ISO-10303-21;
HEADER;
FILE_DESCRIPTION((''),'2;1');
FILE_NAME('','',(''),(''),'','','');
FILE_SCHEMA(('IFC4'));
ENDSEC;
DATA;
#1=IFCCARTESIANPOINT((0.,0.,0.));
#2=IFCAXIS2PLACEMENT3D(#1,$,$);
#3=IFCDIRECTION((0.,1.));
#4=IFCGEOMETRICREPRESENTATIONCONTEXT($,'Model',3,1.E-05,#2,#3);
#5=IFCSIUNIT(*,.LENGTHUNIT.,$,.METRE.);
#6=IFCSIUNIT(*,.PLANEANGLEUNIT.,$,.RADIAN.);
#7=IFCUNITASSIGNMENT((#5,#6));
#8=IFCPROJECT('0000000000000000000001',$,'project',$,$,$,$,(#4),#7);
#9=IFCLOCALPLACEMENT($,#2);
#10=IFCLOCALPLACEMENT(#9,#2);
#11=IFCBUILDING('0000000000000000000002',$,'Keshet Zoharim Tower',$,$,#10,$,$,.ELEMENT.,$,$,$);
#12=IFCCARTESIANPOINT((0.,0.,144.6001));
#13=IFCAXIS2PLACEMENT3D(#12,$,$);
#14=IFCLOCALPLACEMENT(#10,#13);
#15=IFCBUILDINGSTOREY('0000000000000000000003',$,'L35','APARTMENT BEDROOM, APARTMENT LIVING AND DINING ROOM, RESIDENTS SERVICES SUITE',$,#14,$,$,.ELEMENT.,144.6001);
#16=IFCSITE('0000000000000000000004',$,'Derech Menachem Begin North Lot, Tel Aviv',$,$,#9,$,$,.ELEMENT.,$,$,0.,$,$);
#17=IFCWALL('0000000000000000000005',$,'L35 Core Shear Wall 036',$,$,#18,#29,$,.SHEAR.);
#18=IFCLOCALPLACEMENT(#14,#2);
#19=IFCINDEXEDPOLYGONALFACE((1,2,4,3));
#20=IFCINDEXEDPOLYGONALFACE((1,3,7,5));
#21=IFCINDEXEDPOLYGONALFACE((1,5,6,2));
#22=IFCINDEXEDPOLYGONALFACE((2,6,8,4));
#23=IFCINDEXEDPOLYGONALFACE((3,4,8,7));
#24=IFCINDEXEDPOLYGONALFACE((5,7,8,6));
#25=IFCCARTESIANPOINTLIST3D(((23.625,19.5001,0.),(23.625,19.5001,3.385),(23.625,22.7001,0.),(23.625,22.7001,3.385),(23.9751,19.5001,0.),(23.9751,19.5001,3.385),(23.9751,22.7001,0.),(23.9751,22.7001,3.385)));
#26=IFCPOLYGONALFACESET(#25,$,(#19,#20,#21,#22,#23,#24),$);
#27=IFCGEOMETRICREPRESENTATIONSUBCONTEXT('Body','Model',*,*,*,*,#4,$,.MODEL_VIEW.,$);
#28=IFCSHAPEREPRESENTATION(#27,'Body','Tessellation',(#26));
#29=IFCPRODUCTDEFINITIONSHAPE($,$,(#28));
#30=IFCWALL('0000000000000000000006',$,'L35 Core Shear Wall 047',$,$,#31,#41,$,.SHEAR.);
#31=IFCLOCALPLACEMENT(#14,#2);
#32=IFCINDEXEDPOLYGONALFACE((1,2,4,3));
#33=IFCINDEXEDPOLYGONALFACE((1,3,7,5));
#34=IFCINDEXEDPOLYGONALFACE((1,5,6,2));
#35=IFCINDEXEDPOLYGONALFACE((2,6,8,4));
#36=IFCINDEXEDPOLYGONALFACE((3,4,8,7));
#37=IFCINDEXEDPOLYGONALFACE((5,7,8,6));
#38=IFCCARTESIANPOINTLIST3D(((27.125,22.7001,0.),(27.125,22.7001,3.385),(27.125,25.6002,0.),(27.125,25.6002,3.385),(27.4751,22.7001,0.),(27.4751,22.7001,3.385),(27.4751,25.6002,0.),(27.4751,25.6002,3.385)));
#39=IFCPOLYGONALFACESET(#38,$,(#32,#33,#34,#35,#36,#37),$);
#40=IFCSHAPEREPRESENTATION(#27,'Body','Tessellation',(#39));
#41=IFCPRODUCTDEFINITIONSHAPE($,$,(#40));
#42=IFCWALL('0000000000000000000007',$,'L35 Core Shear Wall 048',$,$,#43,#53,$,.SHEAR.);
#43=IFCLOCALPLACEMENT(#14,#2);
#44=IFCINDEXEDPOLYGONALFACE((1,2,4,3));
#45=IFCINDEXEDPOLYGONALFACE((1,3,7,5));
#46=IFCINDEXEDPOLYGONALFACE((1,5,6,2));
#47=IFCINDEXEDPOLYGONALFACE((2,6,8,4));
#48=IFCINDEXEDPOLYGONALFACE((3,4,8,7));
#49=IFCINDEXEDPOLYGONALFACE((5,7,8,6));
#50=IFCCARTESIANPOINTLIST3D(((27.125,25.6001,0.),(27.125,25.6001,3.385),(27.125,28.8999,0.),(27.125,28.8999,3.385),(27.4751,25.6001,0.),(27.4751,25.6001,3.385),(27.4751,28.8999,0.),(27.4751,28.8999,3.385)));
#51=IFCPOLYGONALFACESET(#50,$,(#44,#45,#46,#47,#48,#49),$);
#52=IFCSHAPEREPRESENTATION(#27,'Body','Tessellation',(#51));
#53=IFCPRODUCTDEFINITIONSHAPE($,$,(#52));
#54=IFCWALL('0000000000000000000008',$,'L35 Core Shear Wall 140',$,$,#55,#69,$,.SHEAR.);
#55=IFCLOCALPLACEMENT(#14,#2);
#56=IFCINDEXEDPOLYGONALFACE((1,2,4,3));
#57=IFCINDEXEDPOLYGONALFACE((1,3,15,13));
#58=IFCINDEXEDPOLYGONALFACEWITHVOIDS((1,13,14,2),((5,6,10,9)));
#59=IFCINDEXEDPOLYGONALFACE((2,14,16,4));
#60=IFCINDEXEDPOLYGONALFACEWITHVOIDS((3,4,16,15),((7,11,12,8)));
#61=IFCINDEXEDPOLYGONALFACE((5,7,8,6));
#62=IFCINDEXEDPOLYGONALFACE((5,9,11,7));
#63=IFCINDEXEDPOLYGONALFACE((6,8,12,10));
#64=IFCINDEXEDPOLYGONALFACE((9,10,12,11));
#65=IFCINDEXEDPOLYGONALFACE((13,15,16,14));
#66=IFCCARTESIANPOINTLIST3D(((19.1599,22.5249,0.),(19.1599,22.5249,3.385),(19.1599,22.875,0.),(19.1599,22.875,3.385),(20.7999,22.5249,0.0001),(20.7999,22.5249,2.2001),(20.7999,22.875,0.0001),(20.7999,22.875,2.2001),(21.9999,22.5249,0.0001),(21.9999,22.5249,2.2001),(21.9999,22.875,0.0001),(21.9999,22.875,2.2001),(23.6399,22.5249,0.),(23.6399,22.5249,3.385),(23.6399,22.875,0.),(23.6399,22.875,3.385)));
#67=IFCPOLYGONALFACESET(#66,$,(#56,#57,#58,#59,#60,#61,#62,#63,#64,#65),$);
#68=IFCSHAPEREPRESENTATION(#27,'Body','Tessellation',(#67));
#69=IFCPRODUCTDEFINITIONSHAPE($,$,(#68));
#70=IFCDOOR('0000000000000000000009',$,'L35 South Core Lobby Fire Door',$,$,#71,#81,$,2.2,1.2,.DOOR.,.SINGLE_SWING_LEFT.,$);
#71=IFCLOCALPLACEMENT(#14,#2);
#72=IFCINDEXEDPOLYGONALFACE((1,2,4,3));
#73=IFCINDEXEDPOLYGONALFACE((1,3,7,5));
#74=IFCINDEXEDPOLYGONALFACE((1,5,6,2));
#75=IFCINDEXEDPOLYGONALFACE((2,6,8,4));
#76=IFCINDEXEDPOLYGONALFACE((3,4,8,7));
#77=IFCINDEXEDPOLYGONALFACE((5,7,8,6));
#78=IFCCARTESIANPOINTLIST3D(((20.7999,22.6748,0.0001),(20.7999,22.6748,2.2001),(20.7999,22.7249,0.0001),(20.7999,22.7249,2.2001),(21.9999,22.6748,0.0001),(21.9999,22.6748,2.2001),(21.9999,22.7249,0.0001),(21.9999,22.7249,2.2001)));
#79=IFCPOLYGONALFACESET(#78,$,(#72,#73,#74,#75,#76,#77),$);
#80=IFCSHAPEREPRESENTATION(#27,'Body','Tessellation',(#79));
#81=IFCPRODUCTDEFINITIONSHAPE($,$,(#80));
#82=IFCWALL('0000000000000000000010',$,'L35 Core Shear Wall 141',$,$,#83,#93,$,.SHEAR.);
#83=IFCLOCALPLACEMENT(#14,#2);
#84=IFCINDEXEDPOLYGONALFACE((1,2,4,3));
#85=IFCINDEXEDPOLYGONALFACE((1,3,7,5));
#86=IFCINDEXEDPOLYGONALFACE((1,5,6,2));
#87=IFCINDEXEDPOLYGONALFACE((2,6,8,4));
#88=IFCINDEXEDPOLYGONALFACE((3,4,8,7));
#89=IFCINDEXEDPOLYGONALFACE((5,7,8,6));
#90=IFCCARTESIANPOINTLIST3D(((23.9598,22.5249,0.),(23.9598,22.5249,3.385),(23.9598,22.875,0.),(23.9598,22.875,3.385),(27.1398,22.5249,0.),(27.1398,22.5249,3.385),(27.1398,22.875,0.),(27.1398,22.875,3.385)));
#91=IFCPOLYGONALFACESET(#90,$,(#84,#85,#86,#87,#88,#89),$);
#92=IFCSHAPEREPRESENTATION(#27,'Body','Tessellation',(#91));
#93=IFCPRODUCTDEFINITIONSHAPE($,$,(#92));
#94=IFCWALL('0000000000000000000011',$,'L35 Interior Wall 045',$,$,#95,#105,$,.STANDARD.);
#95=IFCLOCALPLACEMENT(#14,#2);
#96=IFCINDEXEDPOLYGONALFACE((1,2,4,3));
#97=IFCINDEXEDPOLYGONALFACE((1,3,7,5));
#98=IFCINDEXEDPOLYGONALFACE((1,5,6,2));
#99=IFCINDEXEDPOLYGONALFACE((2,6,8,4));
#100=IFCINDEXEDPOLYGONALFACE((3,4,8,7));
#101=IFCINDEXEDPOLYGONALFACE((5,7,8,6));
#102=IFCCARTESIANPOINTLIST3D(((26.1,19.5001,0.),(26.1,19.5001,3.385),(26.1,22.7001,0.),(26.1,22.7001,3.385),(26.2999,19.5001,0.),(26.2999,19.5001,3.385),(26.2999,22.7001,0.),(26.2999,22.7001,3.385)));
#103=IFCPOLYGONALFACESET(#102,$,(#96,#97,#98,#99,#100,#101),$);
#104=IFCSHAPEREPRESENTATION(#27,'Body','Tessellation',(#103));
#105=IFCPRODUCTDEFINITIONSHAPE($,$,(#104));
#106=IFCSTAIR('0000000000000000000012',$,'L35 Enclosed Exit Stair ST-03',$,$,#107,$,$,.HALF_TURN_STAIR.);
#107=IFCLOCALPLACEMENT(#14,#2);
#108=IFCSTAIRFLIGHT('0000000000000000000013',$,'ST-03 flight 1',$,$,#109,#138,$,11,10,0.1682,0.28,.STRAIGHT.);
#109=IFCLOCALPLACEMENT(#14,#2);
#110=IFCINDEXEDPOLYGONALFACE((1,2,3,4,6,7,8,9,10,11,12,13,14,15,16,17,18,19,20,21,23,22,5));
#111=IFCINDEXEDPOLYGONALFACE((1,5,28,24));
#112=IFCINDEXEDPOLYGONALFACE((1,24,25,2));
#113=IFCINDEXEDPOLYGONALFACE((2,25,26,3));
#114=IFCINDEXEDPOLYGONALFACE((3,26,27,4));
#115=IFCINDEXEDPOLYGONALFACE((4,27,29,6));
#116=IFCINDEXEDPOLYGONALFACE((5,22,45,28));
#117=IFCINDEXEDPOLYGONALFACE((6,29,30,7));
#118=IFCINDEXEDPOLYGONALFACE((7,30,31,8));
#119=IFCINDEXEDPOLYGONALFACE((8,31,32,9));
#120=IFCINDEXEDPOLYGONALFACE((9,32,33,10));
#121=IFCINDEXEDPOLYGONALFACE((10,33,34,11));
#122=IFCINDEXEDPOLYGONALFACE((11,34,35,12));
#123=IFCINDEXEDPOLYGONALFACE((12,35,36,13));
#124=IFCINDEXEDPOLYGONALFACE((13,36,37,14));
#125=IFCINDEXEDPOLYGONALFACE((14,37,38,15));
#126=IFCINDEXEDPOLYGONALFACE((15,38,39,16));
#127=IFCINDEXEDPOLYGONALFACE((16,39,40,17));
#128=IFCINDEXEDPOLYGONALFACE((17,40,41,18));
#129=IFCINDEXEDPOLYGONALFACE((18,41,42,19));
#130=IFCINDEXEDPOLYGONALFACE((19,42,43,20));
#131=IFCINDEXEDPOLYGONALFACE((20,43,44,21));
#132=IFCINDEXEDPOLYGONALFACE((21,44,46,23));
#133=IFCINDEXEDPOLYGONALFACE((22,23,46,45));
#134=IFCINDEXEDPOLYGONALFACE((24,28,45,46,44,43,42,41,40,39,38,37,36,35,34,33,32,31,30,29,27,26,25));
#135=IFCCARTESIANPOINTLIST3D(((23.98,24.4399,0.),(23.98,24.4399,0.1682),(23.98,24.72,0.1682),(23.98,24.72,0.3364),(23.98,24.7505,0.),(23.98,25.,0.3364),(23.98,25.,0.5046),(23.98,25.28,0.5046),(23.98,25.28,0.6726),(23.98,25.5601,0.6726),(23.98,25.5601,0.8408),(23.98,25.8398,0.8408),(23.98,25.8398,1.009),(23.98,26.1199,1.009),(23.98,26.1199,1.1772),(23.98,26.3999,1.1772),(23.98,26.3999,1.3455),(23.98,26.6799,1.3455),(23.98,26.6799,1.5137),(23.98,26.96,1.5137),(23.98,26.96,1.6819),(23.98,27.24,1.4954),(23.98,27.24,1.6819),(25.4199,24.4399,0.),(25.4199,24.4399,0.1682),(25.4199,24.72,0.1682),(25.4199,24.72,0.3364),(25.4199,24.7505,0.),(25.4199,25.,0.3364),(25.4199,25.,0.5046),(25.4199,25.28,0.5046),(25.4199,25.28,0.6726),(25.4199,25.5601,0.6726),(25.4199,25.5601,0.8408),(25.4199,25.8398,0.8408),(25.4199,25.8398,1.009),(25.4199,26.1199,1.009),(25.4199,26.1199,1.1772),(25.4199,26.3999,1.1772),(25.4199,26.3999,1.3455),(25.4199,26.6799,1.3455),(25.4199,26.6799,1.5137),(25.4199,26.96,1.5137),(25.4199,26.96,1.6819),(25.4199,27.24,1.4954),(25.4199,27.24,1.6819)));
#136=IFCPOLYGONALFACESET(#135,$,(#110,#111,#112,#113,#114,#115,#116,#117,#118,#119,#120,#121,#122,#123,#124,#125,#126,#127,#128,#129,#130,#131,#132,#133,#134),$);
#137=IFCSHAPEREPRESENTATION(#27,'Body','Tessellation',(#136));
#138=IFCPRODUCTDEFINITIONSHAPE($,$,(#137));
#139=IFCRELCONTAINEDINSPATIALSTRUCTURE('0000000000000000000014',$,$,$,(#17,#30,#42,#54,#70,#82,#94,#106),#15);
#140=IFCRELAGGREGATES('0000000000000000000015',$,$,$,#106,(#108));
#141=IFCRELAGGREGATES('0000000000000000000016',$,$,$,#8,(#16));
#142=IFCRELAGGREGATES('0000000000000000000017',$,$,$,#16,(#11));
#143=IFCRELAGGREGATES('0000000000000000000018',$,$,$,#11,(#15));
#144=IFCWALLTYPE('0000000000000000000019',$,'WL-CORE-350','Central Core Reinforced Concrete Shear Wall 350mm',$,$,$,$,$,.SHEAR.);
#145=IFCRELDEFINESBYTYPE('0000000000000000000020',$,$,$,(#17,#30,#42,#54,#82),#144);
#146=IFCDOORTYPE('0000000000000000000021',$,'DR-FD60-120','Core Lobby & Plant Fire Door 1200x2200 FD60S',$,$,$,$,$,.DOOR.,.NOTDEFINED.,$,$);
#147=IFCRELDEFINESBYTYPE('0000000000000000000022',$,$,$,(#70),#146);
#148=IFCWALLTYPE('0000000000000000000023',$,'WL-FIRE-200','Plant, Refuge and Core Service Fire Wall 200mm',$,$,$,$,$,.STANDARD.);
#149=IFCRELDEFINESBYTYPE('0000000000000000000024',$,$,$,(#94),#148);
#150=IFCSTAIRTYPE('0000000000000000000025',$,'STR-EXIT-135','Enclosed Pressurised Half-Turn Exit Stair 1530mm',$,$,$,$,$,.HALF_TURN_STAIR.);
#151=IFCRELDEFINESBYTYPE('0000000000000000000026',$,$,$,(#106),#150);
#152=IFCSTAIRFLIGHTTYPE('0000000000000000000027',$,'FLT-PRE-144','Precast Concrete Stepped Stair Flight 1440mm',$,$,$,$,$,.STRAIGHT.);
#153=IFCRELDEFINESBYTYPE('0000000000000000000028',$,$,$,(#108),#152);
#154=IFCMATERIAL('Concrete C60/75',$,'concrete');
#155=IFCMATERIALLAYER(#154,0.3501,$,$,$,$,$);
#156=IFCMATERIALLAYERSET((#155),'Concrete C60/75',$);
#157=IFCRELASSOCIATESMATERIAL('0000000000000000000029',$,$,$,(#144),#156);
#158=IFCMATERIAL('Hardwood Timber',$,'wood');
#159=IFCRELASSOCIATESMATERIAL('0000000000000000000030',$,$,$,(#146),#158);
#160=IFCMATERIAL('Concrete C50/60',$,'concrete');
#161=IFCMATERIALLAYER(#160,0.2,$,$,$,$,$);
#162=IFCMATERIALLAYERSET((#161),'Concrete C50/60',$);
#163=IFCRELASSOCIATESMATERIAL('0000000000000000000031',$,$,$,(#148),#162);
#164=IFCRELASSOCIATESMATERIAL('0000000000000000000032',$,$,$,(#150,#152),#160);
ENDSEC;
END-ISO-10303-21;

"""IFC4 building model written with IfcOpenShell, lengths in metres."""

from ifc_helpers import new_model, si_unit, direction, frame, frame_2d, origin, place, context, subcontext, project, spatial, polyline, rectangle, outline, extrude, material, layer, layer_set, type_object, element, fill, aggregate, save


model = new_model("IFC4")

# Units and contexts
model_context = context("Model", 3, precision=1e-05, world=origin(), true_north=direction((0.0, 1.0)))
body_context = subcontext(model_context, "Body", "Model", "MODEL_VIEW")
ifc_project = project(units=[si_unit("LENGTHUNIT", "METRE"), si_unit("PLANEANGLEUNIT", "RADIAN")], contexts=[model_context])

# Site, building, storey
site_placement = place(None, origin())
site = spatial("IfcSite", under=ifc_project, at=site_placement, Name="Derech Menachem Begin North Lot, Tel Aviv", CompositionType="ELEMENT", RefElevation=0.0)
building_placement = place(site_placement, origin())
building = spatial("IfcBuilding", under=site, at=building_placement, Name="Keshet Zoharim Tower", CompositionType="ELEMENT")
storey_placement = place(building_placement, frame((0.0, 0.0, 144.6001)))
storey = spatial("IfcBuildingStorey", under=building, at=storey_placement, Name="L35", Description="APARTMENT BEDROOM, APARTMENT LIVING AND DINING ROOM, RESIDENTS SERVICES SUITE", CompositionType="ELEMENT", Elevation=144.6001)

# Shared definitions
ifc_material_1 = material(Name="Concrete C60/75", Category="concrete")
ifc_layer_1 = layer(ifc_material_1, 0.3501)
ifc_layer_set_1 = layer_set([ifc_layer_1], Name="Concrete C60/75")
wall_type_1 = type_object("IfcWallType", Name="WL-CORE-350", Description="Central Core Reinforced Concrete Shear Wall 350mm", PredefinedType="SHEAR", material=ifc_layer_set_1)
ifc_material_2 = material(Name="Hardwood Timber", Category="wood")

# Wall
wall_1_placement = place(storey_placement, frame((23.8, 19.5, 0.0), z_axis=(0.0, 0.0, 1.0), x_axis=(0.0, 1.0, 0.0)))
element("IfcWall", 1, at=wall_1_placement, inside=storey, type_object=wall_type_1, Name="L35 Core Shear Wall 036", PredefinedType="SHEAR", context=body_context, shape_type="SweptSolid", body=[
    extrude(rectangle(XDim=3.2, YDim=0.3501, at=frame_2d((1.6001, 0.0))), origin(), (0.0, 0.0, 1.0), 3.385),
])

# Walls
wall_2_placement = place(storey_placement, frame((27.3, 22.7, 0.0), z_axis=(0.0, 0.0, 1.0), x_axis=(0.0, 1.0, 0.0)))
element("IfcWall", 2, at=wall_2_placement, inside=storey, type_object=wall_type_1, Name="L35 Core Shear Wall 047", PredefinedType="SHEAR", context=body_context, shape_type="SweptSolid", body=[
    extrude(rectangle(XDim=2.9001, YDim=0.3501, at=frame_2d((1.4502, 0.0))), origin(), (0.0, 0.0, 1.0), 3.385),
])
wall_3_placement = place(storey_placement, frame((27.3, 25.6001, 0.0), z_axis=(0.0, 0.0, 1.0), x_axis=(0.0, 1.0, 0.0)))
element("IfcWall", 3, at=wall_3_placement, inside=storey, type_object=wall_type_1, Name="L35 Core Shear Wall 048", PredefinedType="SHEAR", context=body_context, shape_type="SweptSolid", body=[
    extrude(rectangle(XDim=3.2998, YDim=0.3501, at=frame_2d((1.6499, 0.0))), origin(), (0.0, 0.0, 1.0), 3.385),
])

# Wall, opening, door
wall_4_placement = place(storey_placement, frame((19.1599, 22.7, 0.0), z_axis=(0.0, 0.0, 1.0), x_axis=(1.0, 0.0, 0.0)))
wall_4 = element("IfcWall", 4, at=wall_4_placement, inside=storey, type_object=wall_type_1, Name="L35 Core Shear Wall 140", PredefinedType="SHEAR", context=body_context, shape_type="SweptSolid", body=[
    extrude(rectangle(XDim=4.48, YDim=0.3501, at=frame_2d((2.24, 0.0))), origin(), (0.0, 0.0, 1.0), 3.385),
])
opening_1_placement = place(wall_4_placement, frame((1.6399, 0.0, 0.0)))
opening_1 = element("IfcOpeningElement", 5, at=opening_1_placement, cuts=wall_4, PredefinedType="OPENING", context=body_context, shape_type="SweptSolid", body=[
    extrude(rectangle(XDim=1.2, YDim=2.2, at=frame_2d((0.6001, 1.1001))), frame((0.0, 0.1851, 0.0), z_axis=(0.0, -1.0, 0.0), x_axis=(1.0, 0.0, 0.0)), (0.0, 0.0, 1.0), 0.3701),
])
door_type_1 = type_object("IfcDoorType", Name="DR-FD60-120", Description="Core Lobby & Plant Fire Door 1200x2200 FD60S", OperationType="NOTDEFINED", PredefinedType="DOOR", material=ifc_material_2)
door_1_placement = place(opening_1_placement, origin())
door_1 = element("IfcDoor", 6, at=door_1_placement, inside=storey, type_object=door_type_1, Name="L35 South Core Lobby Fire Door", OperationType="SINGLE_SWING_LEFT", OverallHeight=2.2, OverallWidth=1.2, PredefinedType="DOOR", context=body_context, shape_type="SweptSolid", body=[
    extrude(rectangle(XDim=1.2, YDim=2.2, at=frame_2d((0.6001, 1.1001))), frame((0.0, 0.0249, 0.0), z_axis=(0.0, -1.0, 0.0), x_axis=(1.0, 0.0, 0.0)), (0.0, 0.0, 1.0), 0.05),
])
fill(opening_1, door_1)

# Walls
wall_5_placement = place(storey_placement, frame((23.96, 22.7, 0.0), z_axis=(0.0, 0.0, 1.0), x_axis=(1.0, 0.0, 0.0)))
element("IfcWall", 7, at=wall_5_placement, inside=storey, type_object=wall_type_1, Name="L35 Core Shear Wall 141", PredefinedType="SHEAR", context=body_context, shape_type="SweptSolid", body=[
    extrude(rectangle(XDim=3.1799, YDim=0.3501, at=frame_2d((1.5898, 0.0))), origin(), (0.0, 0.0, 1.0), 3.385),
])
ifc_material_3 = material(Name="Concrete C50/60", Category="concrete")
ifc_layer_2 = layer(ifc_material_3, 0.2)
ifc_layer_set_2 = layer_set([ifc_layer_2], Name="Concrete C50/60")
wall_type_2 = type_object("IfcWallType", Name="WL-FIRE-200", Description="Plant, Refuge and Core Service Fire Wall 200mm", PredefinedType="STANDARD", material=ifc_layer_set_2)
wall_6_placement = place(storey_placement, frame((26.2, 19.5, 0.0), z_axis=(0.0, 0.0, 1.0), x_axis=(0.0, 1.0, 0.0)))
element("IfcWall", 8, at=wall_6_placement, inside=storey, type_object=wall_type_2, Name="L35 Interior Wall 045", PredefinedType="STANDARD", context=body_context, shape_type="SweptSolid", body=[
    extrude(rectangle(XDim=3.2, YDim=0.2, at=frame_2d((1.6001, 0.0))), origin(), (0.0, 0.0, 1.0), 3.385),
])

# Stair, stair flight
stair_type = type_object("IfcStairType", Name="STR-EXIT-135", Description="Enclosed Pressurised Half-Turn Exit Stair 1530mm", PredefinedType="HALF_TURN_STAIR", material=ifc_material_3)
stair_placement = place(storey_placement, origin())
stair = element("IfcStair", 9, at=stair_placement, inside=storey, type_object=stair_type, Name="L35 Enclosed Exit Stair ST-03", PredefinedType="HALF_TURN_STAIR")
stair_flight_type = type_object("IfcStairFlightType", Name="FLT-PRE-144", Description="Precast Concrete Stepped Stair Flight 1440mm", PredefinedType="STRAIGHT", material=ifc_material_3)
stair_flight_placement = place(storey_placement, frame((24.7, 24.4399, 0.0), z_axis=(0.0, 0.0, 1.0), x_axis=(0.0, 1.0, 0.0)))
stair_flight = element("IfcStairFlight", 10, at=stair_flight_placement, type_object=stair_flight_type, Name="ST-03 flight 1", NumberOfRisers=11, NumberOfTreads=10, PredefinedType="STRAIGHT", RiserHeight=0.1682, TreadLength=0.28, context=body_context, shape_type="SweptSolid", body=[
    extrude(outline(polyline([(0.0, 0.0), (0.0, 0.1682), (0.28, 0.1682), (0.28, 0.3364), (0.5601, 0.3364), (0.5601, 0.5046), (0.8401, 0.5046), (0.8401, 0.6726), (1.1201, 0.6726), (1.1201, 0.8408), (1.3999, 0.8408), (1.3999, 1.009), (1.6799, 1.009), (1.6799, 1.1772), (1.96, 1.1772), (1.96, 1.3455), (2.24, 1.3455), (2.24, 1.5137), (2.52, 1.5137), (2.52, 1.6819), (2.8, 1.6819), (2.8, 1.8501), (2.8, 1.4954), (0.3105, 0.0), (0.0, 0.0)])), frame((0.0, 0.72, 0.0), z_axis=(0.0, -1.0, 0.0), x_axis=(1.0, 0.0, 0.0)), (0.0, 0.0, 1.0), 1.4399),
])
aggregate(stair, [stair_flight])

save(model, "model.ifc")
